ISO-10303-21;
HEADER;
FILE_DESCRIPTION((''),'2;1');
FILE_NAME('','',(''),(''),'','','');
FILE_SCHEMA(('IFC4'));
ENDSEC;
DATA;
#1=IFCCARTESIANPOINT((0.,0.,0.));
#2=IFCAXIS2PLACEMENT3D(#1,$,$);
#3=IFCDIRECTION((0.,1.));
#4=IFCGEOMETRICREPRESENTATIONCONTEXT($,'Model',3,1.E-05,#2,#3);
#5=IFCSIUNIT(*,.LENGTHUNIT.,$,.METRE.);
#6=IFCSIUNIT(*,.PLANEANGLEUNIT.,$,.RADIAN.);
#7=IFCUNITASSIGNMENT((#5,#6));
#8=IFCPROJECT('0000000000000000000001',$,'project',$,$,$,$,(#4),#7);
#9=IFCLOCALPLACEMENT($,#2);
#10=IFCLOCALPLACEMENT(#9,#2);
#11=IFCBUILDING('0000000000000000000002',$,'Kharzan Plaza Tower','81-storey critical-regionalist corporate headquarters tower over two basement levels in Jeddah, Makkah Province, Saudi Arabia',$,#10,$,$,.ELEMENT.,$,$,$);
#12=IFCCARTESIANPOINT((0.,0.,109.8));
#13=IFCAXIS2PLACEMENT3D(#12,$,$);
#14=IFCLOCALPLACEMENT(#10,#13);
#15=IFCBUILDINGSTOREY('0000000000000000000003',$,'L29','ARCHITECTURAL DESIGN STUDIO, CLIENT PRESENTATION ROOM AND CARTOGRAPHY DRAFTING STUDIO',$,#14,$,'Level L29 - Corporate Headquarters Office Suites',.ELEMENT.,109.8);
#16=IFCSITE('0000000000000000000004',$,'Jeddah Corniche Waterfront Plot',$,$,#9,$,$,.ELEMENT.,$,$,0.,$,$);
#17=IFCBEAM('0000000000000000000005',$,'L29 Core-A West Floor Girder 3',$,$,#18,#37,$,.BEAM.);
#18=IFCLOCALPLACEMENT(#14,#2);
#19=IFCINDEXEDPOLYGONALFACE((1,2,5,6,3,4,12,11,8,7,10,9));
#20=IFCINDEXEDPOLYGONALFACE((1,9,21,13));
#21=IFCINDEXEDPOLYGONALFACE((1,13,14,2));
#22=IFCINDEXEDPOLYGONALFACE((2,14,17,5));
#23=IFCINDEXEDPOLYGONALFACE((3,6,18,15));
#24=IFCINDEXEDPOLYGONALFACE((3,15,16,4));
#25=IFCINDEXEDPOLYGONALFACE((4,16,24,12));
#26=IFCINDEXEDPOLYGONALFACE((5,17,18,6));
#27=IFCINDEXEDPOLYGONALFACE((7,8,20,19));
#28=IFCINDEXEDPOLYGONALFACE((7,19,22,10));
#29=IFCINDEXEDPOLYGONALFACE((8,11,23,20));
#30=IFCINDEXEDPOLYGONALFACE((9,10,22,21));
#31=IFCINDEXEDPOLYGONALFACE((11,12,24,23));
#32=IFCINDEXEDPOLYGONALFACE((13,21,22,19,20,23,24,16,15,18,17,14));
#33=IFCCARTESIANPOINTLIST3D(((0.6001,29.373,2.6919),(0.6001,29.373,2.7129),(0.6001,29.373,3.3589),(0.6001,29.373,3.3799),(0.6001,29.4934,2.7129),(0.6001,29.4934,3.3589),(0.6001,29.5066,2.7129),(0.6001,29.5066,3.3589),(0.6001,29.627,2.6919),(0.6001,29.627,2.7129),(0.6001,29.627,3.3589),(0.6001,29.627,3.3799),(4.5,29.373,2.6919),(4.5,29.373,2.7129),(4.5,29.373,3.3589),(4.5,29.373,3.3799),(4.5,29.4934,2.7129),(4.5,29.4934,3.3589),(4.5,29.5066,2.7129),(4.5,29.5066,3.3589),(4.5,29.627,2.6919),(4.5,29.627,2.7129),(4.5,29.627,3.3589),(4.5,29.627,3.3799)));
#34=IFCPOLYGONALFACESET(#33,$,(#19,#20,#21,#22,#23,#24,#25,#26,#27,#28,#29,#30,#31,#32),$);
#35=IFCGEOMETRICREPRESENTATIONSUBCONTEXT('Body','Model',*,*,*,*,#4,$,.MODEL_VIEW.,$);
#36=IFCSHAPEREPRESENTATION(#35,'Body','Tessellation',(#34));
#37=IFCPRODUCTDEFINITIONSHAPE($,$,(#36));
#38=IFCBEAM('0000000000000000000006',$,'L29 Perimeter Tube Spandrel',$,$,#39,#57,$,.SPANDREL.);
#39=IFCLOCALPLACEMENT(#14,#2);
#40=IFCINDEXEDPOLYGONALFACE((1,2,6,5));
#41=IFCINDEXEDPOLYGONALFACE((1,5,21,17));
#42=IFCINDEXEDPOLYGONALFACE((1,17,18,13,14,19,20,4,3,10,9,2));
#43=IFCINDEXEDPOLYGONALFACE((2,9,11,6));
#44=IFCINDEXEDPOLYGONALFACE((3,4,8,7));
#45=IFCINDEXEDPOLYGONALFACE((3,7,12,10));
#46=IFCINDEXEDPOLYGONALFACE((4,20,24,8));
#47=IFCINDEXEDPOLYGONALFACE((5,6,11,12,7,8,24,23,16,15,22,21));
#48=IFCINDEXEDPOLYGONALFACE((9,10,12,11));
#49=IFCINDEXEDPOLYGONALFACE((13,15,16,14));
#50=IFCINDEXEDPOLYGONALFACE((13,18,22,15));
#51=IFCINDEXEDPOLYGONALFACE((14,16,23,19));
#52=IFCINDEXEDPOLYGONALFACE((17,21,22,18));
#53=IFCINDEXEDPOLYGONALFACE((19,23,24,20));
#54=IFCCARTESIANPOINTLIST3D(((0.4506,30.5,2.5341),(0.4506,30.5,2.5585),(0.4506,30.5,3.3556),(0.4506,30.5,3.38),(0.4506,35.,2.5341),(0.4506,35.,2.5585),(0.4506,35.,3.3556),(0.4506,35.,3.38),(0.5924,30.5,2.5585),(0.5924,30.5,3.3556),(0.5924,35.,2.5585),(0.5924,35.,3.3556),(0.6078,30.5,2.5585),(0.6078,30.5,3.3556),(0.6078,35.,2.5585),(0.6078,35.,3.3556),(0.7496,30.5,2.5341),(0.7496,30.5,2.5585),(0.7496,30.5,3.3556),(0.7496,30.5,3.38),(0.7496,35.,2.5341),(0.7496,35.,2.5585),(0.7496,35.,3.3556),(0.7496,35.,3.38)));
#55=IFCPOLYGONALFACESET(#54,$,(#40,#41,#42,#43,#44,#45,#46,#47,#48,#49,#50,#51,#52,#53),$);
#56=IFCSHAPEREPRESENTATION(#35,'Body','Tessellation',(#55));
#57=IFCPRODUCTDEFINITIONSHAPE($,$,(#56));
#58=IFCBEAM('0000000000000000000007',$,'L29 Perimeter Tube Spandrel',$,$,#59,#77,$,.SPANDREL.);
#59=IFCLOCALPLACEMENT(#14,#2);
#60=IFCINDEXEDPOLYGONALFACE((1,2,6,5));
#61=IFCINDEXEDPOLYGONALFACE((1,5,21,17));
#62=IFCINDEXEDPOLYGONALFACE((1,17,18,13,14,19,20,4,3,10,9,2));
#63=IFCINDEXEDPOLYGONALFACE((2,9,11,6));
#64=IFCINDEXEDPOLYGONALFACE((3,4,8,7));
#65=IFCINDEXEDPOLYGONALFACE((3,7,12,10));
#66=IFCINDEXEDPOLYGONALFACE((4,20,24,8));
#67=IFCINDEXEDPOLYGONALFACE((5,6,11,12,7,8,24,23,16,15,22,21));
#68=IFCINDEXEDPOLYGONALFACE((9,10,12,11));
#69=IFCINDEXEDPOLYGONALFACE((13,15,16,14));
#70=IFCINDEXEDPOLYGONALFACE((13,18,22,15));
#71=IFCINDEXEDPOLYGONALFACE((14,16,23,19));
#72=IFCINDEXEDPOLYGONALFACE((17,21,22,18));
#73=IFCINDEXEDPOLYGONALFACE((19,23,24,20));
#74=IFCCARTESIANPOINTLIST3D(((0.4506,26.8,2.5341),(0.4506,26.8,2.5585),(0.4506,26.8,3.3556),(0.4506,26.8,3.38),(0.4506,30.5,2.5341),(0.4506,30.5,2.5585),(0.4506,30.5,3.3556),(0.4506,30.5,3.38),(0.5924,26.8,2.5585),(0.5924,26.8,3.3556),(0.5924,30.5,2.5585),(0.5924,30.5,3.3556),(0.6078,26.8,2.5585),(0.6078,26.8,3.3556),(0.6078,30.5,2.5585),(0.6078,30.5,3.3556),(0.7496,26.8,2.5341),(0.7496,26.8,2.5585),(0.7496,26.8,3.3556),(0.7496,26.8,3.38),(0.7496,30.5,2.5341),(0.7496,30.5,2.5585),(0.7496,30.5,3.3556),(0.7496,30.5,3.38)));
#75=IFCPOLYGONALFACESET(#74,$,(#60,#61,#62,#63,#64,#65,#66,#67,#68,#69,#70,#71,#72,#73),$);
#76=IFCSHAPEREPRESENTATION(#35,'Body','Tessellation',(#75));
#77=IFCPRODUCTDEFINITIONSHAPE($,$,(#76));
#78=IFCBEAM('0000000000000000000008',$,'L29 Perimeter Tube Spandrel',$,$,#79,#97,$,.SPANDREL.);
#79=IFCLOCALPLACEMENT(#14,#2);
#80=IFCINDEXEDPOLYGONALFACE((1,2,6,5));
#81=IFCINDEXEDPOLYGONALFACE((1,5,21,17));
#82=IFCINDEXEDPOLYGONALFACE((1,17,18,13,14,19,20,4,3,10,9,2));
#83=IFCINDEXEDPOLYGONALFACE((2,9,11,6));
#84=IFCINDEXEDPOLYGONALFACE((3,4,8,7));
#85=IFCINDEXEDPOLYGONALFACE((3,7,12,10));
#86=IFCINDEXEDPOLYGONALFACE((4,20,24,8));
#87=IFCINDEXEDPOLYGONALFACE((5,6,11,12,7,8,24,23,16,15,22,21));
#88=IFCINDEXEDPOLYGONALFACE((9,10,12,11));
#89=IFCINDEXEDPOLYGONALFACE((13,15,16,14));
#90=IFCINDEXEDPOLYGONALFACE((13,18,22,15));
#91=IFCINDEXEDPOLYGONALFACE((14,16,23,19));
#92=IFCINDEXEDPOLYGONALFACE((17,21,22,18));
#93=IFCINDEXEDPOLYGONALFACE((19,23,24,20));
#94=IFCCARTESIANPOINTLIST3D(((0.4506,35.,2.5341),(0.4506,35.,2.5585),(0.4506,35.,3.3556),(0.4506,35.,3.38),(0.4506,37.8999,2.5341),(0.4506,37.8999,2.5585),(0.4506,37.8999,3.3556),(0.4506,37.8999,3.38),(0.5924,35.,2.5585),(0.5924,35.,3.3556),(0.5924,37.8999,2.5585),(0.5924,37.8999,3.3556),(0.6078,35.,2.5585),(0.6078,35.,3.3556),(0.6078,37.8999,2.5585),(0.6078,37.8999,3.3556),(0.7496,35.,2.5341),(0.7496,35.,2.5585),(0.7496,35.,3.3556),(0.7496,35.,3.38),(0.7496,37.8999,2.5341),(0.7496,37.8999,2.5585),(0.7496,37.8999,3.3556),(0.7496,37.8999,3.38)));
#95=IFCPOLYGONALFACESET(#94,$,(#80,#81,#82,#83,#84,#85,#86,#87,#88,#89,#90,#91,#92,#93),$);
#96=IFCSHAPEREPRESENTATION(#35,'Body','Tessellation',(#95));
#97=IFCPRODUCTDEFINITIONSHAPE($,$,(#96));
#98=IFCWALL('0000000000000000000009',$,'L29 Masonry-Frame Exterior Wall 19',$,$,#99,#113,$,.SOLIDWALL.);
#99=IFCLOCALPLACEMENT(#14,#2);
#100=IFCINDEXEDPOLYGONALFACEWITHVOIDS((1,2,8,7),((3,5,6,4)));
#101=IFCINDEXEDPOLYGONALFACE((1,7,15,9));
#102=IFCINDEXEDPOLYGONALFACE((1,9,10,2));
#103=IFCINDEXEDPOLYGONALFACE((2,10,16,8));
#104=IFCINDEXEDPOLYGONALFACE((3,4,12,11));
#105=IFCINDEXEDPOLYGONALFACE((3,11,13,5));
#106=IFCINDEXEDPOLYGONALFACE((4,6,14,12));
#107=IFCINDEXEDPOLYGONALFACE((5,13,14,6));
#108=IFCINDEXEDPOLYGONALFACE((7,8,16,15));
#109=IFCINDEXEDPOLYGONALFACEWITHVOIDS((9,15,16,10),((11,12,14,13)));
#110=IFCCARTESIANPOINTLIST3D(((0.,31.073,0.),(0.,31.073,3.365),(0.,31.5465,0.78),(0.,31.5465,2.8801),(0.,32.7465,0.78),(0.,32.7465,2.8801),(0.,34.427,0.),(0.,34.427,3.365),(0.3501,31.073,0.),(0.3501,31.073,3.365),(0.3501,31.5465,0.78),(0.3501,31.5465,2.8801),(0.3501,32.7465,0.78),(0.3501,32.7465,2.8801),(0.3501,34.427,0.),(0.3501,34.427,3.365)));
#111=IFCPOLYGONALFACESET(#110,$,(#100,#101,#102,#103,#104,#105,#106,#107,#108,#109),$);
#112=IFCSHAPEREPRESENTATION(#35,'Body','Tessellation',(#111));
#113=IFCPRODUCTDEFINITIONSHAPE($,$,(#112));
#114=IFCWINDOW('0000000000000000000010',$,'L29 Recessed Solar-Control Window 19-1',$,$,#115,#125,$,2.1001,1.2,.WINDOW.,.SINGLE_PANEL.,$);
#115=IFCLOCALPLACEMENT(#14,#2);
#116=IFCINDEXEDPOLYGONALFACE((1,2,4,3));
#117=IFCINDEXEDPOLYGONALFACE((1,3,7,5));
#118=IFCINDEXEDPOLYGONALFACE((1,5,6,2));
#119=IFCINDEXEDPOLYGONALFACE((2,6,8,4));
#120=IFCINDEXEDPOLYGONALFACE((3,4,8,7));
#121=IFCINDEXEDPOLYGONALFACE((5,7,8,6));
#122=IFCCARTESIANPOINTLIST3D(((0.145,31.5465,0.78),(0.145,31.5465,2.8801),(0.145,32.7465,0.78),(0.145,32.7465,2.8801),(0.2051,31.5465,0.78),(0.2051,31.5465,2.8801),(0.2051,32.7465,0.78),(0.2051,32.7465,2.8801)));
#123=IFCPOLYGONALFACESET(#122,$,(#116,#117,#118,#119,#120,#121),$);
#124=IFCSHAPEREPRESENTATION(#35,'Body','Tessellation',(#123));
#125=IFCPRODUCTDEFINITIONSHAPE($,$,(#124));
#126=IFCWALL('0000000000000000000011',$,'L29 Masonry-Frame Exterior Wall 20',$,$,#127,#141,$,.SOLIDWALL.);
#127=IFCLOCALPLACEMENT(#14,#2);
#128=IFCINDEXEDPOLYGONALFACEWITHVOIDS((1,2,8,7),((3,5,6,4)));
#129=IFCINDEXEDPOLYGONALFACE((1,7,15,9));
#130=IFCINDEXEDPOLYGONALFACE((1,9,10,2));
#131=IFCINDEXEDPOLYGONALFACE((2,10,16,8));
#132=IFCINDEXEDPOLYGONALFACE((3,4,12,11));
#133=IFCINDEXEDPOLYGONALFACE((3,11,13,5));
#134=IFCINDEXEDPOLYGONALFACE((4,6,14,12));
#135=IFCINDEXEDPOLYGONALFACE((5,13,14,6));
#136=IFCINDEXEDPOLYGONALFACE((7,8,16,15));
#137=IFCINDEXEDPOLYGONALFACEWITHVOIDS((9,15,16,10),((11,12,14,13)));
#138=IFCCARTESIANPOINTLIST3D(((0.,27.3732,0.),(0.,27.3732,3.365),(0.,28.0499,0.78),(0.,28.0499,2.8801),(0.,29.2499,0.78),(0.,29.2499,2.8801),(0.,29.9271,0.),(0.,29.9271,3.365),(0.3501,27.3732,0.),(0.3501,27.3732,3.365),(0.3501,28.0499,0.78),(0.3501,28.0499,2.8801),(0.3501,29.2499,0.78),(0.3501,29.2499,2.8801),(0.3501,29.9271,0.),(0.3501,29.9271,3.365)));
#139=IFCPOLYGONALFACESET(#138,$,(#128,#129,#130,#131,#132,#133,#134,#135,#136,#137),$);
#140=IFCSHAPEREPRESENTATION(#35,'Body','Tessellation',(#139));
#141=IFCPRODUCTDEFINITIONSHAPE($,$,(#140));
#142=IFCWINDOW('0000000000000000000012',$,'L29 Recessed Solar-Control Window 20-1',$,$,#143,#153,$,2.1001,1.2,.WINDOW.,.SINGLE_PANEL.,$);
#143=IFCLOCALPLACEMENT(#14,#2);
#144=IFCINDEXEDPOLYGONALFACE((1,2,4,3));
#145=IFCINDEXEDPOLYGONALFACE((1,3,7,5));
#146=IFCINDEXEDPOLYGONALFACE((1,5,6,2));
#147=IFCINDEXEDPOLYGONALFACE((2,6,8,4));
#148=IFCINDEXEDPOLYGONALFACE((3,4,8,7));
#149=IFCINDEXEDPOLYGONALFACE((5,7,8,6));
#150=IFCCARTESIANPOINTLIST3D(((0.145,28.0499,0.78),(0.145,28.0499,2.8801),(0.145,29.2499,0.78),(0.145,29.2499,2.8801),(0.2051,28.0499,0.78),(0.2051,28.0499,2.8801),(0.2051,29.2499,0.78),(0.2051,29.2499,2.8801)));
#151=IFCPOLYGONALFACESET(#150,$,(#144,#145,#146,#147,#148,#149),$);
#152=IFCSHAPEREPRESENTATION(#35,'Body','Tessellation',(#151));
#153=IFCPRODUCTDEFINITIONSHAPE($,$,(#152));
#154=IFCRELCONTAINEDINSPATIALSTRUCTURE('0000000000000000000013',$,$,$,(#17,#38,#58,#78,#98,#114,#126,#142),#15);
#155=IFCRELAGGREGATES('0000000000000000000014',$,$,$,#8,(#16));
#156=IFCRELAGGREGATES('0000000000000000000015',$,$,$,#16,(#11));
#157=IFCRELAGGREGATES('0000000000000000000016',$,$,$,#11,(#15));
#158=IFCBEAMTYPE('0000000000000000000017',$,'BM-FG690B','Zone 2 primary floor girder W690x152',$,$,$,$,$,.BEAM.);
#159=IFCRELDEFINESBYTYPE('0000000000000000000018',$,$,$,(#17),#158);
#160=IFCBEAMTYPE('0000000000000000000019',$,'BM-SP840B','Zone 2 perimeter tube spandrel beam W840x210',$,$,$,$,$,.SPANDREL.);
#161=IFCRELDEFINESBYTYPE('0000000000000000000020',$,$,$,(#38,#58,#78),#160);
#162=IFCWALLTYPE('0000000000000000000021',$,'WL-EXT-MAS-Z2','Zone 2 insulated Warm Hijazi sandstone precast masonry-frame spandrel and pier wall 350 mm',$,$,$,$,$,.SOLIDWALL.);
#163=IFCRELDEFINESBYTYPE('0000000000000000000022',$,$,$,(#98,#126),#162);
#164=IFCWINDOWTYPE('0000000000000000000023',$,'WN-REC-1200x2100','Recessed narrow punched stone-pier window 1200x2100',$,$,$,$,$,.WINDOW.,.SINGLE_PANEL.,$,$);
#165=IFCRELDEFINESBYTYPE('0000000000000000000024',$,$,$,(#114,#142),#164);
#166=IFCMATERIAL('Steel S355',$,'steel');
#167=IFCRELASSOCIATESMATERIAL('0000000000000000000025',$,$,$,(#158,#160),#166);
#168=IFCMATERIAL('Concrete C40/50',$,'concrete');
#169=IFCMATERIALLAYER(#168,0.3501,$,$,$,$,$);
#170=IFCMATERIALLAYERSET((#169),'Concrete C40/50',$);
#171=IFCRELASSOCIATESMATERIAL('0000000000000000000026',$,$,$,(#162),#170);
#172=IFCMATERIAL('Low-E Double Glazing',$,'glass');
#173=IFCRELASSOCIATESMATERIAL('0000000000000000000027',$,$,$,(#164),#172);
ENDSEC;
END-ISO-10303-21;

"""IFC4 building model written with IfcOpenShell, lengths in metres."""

from ifc_helpers import new_model, si_unit, direction, frame, frame_2d, origin, origin_2d, place, context, subcontext, project, spatial, rectangle, i_section, extrude, source, transform, mapped, material, layer, layer_set, material_profile, profile_set, type_object, element, fill, save


model = new_model("IFC4")

# Units and contexts
model_context = context("Model", 3, precision=1e-05, world=origin(), true_north=direction((0.0, 1.0)))
body_context = subcontext(model_context, "Body", "Model", "MODEL_VIEW")
ifc_project = project(units=[si_unit("LENGTHUNIT", "METRE"), si_unit("PLANEANGLEUNIT", "RADIAN")], contexts=[model_context])

# Site, building, storey
site_placement = place(None, origin())
site = spatial("IfcSite", under=ifc_project, at=site_placement, Name="Jeddah Corniche Waterfront Plot", CompositionType="ELEMENT", RefElevation=0.0)
building_placement = place(site_placement, origin())
building = spatial("IfcBuilding", under=site, at=building_placement, Name="Kharzan Plaza Tower", Description="81-storey critical-regionalist corporate headquarters tower over two basement levels in Jeddah, Makkah Province, Saudi Arabia", CompositionType="ELEMENT")
storey_placement = place(building_placement, frame((0.0, 0.0, 109.8)))
storey = spatial("IfcBuildingStorey", under=building, at=storey_placement, Name="L29", Description="ARCHITECTURAL DESIGN STUDIO, CLIENT PRESENTATION ROOM AND CARTOGRAPHY DRAFTING STUDIO", LongName="Level L29 - Corporate Headquarters Office Suites", CompositionType="ELEMENT", Elevation=109.8)

# Beams
ifc_material_1 = material(Name="Steel S355", Category="steel")
ifc_material_profile_1 = material_profile(ifc_material_1, i_section(OverallWidth=0.2539, OverallDepth=0.688, WebThickness=0.0132, FlangeThickness=0.021, at=origin_2d()), Name="W690x152")
ifc_profile_set_1 = profile_set([ifc_material_profile_1], Name="Steel S355")
beam_type_1 = type_object("IfcBeamType", Name="BM-FG690B", Description="Zone 2 primary floor girder W690x152", PredefinedType="BEAM", material=ifc_profile_set_1)
shared_shape_1 = source(origin(), body_context, "Body", "SweptSolid", [
    extrude(i_section(OverallWidth=0.2539, OverallDepth=0.688, WebThickness=0.0132, FlangeThickness=0.021, at=origin_2d()), origin(), (0.0, 0.0, 1.0), 3.8999),
])
beam_1_placement = place(storey_placement, frame((0.6001, 29.5, 3.0359), z_axis=(1.0, 0.0, 0.0), x_axis=(0.0, 1.0, 0.0)))
element("IfcBeam", 1, at=beam_1_placement, inside=storey, type_object=beam_type_1, Name="L29 Core-A West Floor Girder 3", PredefinedType="BEAM", context=body_context, shape_type="MappedRepresentation", body=[
    mapped(shared_shape_1, transform((0.0, 0.0, 0.0), x_axis=(1.0, 0.0, 0.0), y_axis=(0.0, 1.0, 0.0), z_axis=(0.0, 0.0, 1.0))),
])
ifc_material_profile_2 = material_profile(ifc_material_1, i_section(OverallWidth=0.2991, OverallDepth=0.8459, WebThickness=0.0154, FlangeThickness=0.0244, at=origin_2d()), Name="W840x210")
ifc_profile_set_2 = profile_set([ifc_material_profile_2], Name="Steel S355")
beam_type_2 = type_object("IfcBeamType", Name="BM-SP840B", Description="Zone 2 perimeter tube spandrel beam W840x210", PredefinedType="SPANDREL", material=ifc_profile_set_2)
shared_shape_2 = source(origin(), body_context, "Body", "SweptSolid", [
    extrude(i_section(OverallWidth=0.2991, OverallDepth=0.8459, WebThickness=0.0154, FlangeThickness=0.0244, at=origin_2d()), origin(), (0.0, 0.0, 1.0), 4.5),
])
beam_2_placement = place(storey_placement, frame((0.6001, 30.5, 2.957), z_axis=(0.0, 1.0, 0.0), x_axis=(-1.0, 0.0, 0.0)))
element("IfcBeam", 2, at=beam_2_placement, inside=storey, type_object=beam_type_2, Name="L29 Perimeter Tube Spandrel", PredefinedType="SPANDREL", context=body_context, shape_type="MappedRepresentation", body=[
    mapped(shared_shape_2, transform((0.0, 0.0, 0.0), x_axis=(1.0, 0.0, 0.0), y_axis=(0.0, 1.0, 0.0), z_axis=(0.0, 0.0, 1.0))),
])
shared_shape_3 = source(origin(), body_context, "Body", "SweptSolid", [
    extrude(i_section(OverallWidth=0.2991, OverallDepth=0.8459, WebThickness=0.0154, FlangeThickness=0.0244, at=origin_2d()), origin(), (0.0, 0.0, 1.0), 3.7),
])
beam_3_placement = place(storey_placement, frame((0.6001, 26.8, 2.957), z_axis=(0.0, 1.0, 0.0), x_axis=(-1.0, 0.0, 0.0)))
element("IfcBeam", 3, at=beam_3_placement, inside=storey, type_object=beam_type_2, Name="L29 Perimeter Tube Spandrel", PredefinedType="SPANDREL", context=body_context, shape_type="MappedRepresentation", body=[
    mapped(shared_shape_3, transform((0.0, 0.0, 0.0), x_axis=(1.0, 0.0, 0.0), y_axis=(0.0, 1.0, 0.0), z_axis=(0.0, 0.0, 1.0))),
])
shared_shape_4 = source(origin(), body_context, "Body", "SweptSolid", [
    extrude(i_section(OverallWidth=0.2991, OverallDepth=0.8459, WebThickness=0.0154, FlangeThickness=0.0244, at=origin_2d()), origin(), (0.0, 0.0, 1.0), 2.8999),
])
beam_4_placement = place(storey_placement, frame((0.6001, 35.0, 2.957), z_axis=(0.0, 1.0, 0.0), x_axis=(-1.0, 0.0, 0.0)))
element("IfcBeam", 4, at=beam_4_placement, inside=storey, type_object=beam_type_2, Name="L29 Perimeter Tube Spandrel", PredefinedType="SPANDREL", context=body_context, shape_type="MappedRepresentation", body=[
    mapped(shared_shape_4, transform((0.0, 0.0, 0.0), x_axis=(1.0, 0.0, 0.0), y_axis=(0.0, 1.0, 0.0), z_axis=(0.0, 0.0, 1.0))),
])

# Walls, openings, windows
ifc_material_2 = material(Name="Concrete C40/50", Category="concrete")
ifc_layer_1 = layer(ifc_material_2, 0.3501)
ifc_layer_set_1 = layer_set([ifc_layer_1], Name="Concrete C40/50")
wall_type_1 = type_object("IfcWallType", Name="WL-EXT-MAS-Z2", Description="Zone 2 insulated Warm Hijazi sandstone precast masonry-frame spandrel and pier wall 350 mm", PredefinedType="SOLIDWALL", material=ifc_layer_set_1)
wall_1_placement = place(storey_placement, frame((0.175, 34.427, 0.0), z_axis=(0.0, 0.0, 1.0), x_axis=(0.0, -1.0, 0.0)))
wall_1 = element("IfcWall", 5, at=wall_1_placement, inside=storey, type_object=wall_type_1, Name="L29 Masonry-Frame Exterior Wall 19", PredefinedType="SOLIDWALL", context=body_context, shape_type="SweptSolid", body=[
    extrude(rectangle(XDim=3.354, YDim=0.3501, at=frame_2d((1.677, 0.0))), origin(), (0.0, 0.0, 1.0), 3.365),
])
opening_1_placement = place(wall_1_placement, frame((1.6804, 0.0, 0.78)))
opening_1 = element("IfcOpeningElement", 6, at=opening_1_placement, cuts=wall_1, PredefinedType="OPENING", context=body_context, shape_type="SweptSolid", body=[
    extrude(rectangle(XDim=1.2, YDim=2.1001, at=frame_2d((0.6001, 1.05))), frame((0.0, 0.1851, 0.0), z_axis=(0.0, -1.0, 0.0), x_axis=(1.0, 0.0, 0.0)), (0.0, 0.0, 1.0), 0.3701),
])
ifc_material_3 = material(Name="Low-E Double Glazing", Category="glass")
window_type_1 = type_object("IfcWindowType", Name="WN-REC-1200x2100", Description="Recessed narrow punched stone-pier window 1200x2100", PartitioningType="SINGLE_PANEL", PredefinedType="WINDOW", material=ifc_material_3)
shared_shape_5 = source(origin(), body_context, "Body", "SweptSolid", [
    extrude(rectangle(XDim=1.2, YDim=2.1001, at=frame_2d((0.6001, 1.05))), frame((0.0, 0.03, 0.0), z_axis=(0.0, -1.0, 0.0), x_axis=(1.0, 0.0, 0.0)), (0.0, 0.0, 1.0), 0.0601),
])
window_1_placement = place(opening_1_placement, origin())
window_1 = element("IfcWindow", 7, at=window_1_placement, inside=storey, type_object=window_type_1, Name="L29 Recessed Solar-Control Window 19-1", OverallHeight=2.1001, OverallWidth=1.2, PartitioningType="SINGLE_PANEL", PredefinedType="WINDOW", context=body_context, shape_type="MappedRepresentation", body=[
    mapped(shared_shape_5, transform((0.0, 0.0, 0.0), x_axis=(1.0, 0.0, 0.0), y_axis=(0.0, 1.0, 0.0), z_axis=(0.0, 0.0, 1.0))),
])
fill(opening_1, window_1)
wall_2_placement = place(storey_placement, frame((0.175, 29.927, 0.0), z_axis=(0.0, 0.0, 1.0), x_axis=(0.0, -1.0, 0.0)))
wall_2 = element("IfcWall", 8, at=wall_2_placement, inside=storey, type_object=wall_type_1, Name="L29 Masonry-Frame Exterior Wall 20", PredefinedType="SOLIDWALL", context=body_context, shape_type="SweptSolid", body=[
    extrude(rectangle(XDim=2.554, YDim=0.3501, at=frame_2d((1.2769, 0.0))), origin(), (0.0, 0.0, 1.0), 3.365),
])
opening_2_placement = place(wall_2_placement, frame((0.677, 0.0, 0.78)))
opening_2 = element("IfcOpeningElement", 9, at=opening_2_placement, cuts=wall_2, PredefinedType="OPENING", context=body_context, shape_type="SweptSolid", body=[
    extrude(rectangle(XDim=1.2, YDim=2.1001, at=frame_2d((0.6001, 1.05))), frame((0.0, 0.1851, 0.0), z_axis=(0.0, -1.0, 0.0), x_axis=(1.0, 0.0, 0.0)), (0.0, 0.0, 1.0), 0.3701),
])
window_2_placement = place(opening_2_placement, origin())
window_2 = element("IfcWindow", 10, at=window_2_placement, inside=storey, type_object=window_type_1, Name="L29 Recessed Solar-Control Window 20-1", OverallHeight=2.1001, OverallWidth=1.2, PartitioningType="SINGLE_PANEL", PredefinedType="WINDOW", context=body_context, shape_type="MappedRepresentation", body=[
    mapped(shared_shape_5, transform((0.0, 0.0, 0.0), x_axis=(1.0, 0.0, 0.0), y_axis=(0.0, 1.0, 0.0), z_axis=(0.0, 0.0, 1.0))),
])
fill(opening_2, window_2)

save(model, "model.ifc")
